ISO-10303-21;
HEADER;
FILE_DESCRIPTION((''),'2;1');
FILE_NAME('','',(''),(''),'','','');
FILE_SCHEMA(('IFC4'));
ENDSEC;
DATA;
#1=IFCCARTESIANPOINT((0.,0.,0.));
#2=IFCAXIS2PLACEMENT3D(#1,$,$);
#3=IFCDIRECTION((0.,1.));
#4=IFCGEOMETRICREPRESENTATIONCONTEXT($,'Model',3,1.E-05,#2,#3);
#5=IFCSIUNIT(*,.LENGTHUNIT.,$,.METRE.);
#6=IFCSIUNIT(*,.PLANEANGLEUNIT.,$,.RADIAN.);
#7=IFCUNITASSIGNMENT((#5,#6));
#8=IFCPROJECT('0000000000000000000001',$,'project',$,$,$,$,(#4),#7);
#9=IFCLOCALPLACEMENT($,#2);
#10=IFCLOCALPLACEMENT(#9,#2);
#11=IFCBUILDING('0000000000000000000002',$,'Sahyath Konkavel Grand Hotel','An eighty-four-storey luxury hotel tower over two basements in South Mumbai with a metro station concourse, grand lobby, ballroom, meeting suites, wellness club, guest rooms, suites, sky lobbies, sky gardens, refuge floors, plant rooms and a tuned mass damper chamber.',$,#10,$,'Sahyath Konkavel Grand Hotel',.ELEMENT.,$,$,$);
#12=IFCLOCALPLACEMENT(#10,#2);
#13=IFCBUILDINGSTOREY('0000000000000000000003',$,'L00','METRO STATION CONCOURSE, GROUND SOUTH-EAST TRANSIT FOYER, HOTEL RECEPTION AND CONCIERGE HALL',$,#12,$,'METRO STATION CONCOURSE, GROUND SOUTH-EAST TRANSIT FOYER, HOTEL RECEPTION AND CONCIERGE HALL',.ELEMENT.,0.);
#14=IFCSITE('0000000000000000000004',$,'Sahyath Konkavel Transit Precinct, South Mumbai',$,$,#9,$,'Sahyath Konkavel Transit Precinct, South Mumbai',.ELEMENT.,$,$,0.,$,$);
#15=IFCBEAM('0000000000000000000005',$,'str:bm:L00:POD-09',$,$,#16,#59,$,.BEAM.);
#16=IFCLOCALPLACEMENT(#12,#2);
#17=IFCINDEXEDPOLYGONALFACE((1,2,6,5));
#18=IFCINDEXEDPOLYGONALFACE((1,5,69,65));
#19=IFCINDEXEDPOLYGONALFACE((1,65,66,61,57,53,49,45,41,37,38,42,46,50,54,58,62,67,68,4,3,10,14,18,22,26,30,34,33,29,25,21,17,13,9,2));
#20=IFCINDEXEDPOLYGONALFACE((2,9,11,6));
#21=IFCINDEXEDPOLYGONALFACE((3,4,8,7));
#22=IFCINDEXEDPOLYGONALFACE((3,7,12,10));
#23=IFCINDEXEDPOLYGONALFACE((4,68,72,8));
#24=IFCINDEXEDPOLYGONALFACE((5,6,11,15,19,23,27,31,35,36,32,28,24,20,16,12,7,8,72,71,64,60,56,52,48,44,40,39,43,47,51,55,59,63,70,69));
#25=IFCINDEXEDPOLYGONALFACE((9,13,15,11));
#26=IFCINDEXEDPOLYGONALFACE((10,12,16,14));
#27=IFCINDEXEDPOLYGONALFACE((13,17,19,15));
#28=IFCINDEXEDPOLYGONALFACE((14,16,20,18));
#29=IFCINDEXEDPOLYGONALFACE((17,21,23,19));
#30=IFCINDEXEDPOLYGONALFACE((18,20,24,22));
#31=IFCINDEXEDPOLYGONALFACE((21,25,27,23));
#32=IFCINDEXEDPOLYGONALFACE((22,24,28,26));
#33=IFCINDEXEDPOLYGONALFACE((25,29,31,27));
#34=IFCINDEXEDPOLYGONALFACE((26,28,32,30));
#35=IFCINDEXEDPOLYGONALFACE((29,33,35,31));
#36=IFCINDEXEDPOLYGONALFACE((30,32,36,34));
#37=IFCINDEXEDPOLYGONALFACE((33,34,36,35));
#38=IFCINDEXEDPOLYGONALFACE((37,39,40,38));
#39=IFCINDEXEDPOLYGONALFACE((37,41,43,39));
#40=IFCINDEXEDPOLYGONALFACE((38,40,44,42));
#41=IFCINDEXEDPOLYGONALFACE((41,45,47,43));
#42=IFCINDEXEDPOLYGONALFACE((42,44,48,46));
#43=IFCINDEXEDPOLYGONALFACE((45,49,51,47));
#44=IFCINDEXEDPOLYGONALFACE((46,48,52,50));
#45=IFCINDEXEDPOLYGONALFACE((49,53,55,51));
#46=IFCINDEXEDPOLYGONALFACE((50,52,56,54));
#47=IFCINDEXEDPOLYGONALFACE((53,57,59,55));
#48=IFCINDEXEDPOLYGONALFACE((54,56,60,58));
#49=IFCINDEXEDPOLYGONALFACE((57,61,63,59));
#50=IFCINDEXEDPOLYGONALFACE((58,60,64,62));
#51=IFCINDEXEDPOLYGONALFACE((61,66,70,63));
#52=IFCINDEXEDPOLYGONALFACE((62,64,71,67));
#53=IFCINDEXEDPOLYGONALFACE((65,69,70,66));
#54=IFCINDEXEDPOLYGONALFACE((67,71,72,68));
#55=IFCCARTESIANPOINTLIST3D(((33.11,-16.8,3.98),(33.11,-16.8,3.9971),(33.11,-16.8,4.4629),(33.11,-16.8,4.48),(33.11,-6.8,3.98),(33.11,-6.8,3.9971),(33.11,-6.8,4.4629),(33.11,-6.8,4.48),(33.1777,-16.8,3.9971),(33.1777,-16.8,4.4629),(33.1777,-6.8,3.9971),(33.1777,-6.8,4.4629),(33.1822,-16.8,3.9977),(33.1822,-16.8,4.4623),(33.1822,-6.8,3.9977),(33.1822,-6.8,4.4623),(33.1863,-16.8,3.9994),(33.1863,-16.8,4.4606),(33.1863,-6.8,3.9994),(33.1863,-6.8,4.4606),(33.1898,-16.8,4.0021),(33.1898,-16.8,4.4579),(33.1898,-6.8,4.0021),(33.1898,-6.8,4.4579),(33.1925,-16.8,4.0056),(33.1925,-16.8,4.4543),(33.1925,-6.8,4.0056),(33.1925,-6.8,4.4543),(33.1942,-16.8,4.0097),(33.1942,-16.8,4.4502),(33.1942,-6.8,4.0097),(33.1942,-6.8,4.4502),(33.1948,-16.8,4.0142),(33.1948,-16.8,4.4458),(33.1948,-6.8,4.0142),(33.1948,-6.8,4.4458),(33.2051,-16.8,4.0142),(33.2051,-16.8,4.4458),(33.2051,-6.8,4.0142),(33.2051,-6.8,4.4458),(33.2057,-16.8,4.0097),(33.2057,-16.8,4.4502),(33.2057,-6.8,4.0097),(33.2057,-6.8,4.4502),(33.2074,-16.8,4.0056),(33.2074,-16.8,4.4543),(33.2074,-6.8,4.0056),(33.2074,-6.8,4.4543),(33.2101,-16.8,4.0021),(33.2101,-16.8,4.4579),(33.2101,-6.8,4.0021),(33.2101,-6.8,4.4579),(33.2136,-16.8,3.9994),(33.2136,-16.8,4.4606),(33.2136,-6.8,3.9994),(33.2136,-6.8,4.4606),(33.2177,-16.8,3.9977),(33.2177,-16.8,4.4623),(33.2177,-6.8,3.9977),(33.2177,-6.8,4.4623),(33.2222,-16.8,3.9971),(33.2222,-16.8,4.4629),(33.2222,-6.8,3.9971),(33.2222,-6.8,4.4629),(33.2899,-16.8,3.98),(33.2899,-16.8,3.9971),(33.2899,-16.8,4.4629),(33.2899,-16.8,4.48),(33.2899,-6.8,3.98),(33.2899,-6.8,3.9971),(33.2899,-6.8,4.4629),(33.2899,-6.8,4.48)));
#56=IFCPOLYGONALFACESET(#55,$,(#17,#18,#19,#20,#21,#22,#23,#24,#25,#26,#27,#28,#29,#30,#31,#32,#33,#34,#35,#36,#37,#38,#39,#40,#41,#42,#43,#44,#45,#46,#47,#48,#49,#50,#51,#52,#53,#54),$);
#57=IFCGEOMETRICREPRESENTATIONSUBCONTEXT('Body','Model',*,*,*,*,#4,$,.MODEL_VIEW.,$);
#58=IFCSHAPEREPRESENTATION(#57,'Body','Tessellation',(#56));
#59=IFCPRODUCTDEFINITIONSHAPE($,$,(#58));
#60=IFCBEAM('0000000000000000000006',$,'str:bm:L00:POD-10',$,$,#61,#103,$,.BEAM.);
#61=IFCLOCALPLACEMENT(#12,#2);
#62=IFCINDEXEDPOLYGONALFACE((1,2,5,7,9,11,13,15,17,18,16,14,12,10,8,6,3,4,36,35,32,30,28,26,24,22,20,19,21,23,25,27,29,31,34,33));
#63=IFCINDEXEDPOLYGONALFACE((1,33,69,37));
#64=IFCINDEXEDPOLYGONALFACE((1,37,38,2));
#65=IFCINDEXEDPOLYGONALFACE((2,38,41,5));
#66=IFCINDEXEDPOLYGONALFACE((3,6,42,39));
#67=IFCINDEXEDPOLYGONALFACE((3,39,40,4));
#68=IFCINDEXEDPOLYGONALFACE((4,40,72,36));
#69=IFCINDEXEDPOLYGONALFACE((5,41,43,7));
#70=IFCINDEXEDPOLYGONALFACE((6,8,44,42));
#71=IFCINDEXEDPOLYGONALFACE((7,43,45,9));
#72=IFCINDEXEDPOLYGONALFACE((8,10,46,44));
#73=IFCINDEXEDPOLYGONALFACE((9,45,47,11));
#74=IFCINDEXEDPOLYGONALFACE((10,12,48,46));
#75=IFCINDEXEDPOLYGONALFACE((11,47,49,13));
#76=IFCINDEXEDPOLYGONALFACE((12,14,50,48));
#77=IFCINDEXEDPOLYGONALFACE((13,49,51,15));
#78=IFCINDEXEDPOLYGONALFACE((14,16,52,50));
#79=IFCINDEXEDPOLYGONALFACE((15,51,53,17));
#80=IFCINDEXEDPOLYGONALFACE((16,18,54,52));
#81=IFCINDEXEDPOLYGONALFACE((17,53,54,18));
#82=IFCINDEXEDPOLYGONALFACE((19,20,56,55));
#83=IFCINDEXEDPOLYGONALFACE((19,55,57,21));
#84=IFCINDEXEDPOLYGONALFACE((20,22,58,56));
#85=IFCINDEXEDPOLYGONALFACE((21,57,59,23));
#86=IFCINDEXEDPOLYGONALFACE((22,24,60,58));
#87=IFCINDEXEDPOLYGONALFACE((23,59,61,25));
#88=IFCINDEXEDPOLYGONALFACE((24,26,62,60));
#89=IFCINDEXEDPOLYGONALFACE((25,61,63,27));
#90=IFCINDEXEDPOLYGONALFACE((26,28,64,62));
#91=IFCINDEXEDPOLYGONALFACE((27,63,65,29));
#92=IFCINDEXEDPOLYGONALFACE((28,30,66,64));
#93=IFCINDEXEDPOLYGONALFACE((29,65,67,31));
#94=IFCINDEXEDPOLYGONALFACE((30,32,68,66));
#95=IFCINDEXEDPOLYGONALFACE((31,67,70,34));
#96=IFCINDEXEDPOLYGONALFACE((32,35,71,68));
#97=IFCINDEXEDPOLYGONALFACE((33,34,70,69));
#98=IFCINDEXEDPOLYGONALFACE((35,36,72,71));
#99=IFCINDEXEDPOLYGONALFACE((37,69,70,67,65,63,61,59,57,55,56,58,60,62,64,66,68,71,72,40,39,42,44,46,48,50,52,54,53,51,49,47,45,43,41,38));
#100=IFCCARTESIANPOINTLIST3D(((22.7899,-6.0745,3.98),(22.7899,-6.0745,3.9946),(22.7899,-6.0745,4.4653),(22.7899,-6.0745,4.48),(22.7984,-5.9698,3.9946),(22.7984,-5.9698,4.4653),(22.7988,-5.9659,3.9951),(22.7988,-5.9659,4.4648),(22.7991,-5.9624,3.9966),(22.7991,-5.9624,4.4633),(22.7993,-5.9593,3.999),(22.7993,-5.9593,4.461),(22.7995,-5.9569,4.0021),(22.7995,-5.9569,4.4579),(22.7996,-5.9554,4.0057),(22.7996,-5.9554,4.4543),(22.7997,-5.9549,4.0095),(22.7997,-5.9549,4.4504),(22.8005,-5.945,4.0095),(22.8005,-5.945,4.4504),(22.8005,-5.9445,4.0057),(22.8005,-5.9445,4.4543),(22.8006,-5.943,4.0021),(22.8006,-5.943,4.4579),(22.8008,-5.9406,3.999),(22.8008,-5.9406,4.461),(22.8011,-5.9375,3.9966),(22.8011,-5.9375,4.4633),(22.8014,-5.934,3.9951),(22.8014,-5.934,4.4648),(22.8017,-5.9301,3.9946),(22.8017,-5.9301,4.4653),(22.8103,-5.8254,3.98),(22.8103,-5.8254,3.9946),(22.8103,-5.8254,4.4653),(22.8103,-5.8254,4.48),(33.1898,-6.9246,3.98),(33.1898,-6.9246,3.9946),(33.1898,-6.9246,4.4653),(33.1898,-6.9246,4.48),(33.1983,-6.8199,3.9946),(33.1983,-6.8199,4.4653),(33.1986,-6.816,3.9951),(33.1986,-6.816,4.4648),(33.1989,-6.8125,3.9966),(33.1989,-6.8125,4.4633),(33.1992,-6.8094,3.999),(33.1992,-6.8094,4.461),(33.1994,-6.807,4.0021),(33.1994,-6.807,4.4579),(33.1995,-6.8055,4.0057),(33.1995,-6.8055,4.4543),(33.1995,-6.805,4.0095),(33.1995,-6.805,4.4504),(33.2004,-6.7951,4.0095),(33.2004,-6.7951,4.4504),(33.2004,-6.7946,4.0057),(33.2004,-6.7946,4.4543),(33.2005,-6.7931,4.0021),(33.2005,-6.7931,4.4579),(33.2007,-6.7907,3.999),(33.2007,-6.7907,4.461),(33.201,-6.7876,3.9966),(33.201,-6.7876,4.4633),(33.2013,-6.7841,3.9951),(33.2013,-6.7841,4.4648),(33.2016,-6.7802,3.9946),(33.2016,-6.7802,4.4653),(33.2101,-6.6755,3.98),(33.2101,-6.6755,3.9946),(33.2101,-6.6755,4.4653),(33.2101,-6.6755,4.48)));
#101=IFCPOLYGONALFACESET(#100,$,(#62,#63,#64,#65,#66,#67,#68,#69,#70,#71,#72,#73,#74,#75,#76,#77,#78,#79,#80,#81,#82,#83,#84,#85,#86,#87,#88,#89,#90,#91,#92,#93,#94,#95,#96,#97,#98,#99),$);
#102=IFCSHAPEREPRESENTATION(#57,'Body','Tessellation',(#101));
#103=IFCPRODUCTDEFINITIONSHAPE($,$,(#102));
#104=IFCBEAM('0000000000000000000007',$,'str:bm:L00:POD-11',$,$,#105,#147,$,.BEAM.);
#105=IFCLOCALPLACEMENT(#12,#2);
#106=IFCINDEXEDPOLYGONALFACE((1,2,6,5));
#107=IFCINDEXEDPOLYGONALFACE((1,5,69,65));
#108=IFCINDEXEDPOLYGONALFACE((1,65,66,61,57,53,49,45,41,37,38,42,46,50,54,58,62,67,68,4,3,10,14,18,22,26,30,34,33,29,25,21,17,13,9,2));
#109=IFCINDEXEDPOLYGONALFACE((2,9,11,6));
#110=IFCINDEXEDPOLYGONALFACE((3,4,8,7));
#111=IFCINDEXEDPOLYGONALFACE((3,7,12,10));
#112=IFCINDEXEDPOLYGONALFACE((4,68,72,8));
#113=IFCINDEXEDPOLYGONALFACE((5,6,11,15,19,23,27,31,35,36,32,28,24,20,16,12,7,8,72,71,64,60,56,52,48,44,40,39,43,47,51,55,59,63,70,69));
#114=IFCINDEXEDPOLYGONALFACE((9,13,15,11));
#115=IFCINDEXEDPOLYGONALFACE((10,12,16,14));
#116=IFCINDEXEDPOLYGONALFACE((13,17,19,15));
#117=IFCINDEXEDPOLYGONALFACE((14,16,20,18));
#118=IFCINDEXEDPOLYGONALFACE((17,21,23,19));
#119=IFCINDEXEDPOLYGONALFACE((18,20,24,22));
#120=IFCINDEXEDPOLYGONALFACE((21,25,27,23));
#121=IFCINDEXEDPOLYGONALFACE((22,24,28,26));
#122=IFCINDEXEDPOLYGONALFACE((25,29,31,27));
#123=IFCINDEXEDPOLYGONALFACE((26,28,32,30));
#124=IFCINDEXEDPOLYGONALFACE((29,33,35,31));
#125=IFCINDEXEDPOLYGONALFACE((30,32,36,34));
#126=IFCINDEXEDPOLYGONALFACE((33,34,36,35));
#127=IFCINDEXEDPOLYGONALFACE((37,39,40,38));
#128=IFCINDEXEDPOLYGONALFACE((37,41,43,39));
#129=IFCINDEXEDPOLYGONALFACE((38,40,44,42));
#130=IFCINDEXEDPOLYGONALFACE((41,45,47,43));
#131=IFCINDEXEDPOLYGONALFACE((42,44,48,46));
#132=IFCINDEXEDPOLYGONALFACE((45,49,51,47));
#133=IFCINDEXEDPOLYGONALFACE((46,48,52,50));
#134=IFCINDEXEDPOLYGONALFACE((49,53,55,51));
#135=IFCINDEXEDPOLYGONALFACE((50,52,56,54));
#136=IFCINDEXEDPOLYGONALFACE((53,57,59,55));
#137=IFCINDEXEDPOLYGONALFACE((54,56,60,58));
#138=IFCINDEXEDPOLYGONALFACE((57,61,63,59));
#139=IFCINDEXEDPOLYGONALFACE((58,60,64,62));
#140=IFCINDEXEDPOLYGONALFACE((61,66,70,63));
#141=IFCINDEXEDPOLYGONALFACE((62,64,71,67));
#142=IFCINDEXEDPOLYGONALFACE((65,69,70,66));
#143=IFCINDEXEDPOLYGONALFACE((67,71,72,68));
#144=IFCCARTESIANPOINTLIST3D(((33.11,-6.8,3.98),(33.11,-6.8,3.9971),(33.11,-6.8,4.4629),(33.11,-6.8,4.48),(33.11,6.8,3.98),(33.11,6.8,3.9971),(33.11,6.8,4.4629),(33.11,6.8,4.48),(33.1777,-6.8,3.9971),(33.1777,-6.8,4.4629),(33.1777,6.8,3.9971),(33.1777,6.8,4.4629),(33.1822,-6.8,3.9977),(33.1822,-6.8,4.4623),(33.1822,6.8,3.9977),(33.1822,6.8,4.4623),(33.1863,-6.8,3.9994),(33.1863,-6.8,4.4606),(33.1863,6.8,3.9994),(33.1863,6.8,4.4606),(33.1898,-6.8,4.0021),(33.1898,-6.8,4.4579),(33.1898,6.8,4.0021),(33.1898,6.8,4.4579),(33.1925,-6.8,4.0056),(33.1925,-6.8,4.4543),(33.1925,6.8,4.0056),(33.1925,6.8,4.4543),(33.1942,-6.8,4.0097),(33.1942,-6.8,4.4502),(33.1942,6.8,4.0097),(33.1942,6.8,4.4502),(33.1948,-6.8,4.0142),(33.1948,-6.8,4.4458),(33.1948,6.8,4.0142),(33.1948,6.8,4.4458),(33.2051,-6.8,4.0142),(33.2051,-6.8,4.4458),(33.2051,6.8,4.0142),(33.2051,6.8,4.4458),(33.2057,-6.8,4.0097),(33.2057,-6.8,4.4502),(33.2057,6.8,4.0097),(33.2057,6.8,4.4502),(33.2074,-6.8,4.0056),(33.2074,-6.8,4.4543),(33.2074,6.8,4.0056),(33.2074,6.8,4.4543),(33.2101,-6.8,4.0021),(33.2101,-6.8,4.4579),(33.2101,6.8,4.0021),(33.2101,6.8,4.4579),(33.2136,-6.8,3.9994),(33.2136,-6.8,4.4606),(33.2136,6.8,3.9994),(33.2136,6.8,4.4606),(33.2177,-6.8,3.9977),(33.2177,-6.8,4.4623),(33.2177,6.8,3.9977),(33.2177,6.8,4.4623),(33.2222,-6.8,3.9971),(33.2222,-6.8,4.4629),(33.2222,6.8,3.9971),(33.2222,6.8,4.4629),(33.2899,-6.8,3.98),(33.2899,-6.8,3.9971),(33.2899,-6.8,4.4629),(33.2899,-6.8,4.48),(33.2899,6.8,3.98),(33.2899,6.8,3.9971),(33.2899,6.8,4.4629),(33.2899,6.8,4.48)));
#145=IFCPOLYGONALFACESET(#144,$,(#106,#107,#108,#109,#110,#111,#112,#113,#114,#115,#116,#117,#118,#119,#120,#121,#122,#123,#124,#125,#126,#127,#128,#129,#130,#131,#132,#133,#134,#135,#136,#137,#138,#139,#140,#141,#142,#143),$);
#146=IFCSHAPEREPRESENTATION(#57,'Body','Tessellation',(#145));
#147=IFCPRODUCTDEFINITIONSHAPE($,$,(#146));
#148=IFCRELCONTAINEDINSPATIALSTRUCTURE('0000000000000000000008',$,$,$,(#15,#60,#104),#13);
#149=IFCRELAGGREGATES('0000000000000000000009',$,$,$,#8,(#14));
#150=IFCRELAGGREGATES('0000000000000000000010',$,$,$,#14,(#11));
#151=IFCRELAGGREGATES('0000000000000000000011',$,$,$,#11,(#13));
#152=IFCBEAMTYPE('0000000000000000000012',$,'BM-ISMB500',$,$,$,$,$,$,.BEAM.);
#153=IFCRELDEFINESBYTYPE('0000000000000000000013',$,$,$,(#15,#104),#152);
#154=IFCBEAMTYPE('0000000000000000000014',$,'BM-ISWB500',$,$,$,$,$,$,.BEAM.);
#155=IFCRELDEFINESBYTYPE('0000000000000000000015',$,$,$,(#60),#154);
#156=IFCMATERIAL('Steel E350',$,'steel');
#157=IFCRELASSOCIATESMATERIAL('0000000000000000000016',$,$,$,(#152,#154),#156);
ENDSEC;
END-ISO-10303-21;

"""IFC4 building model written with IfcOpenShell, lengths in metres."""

from ifc_helpers import new_model, si_unit, direction, frame, origin, origin_2d, place, context, subcontext, project, spatial, i_section, extrude, source, transform, mapped, material, material_profile, profile_set, type_object, element, save


model = new_model("IFC4")

# Units and contexts
model_context = context("Model", 3, precision=1e-05, world=origin(), true_north=direction((0.0, 1.0)))
body_context = subcontext(model_context, "Body", "Model", "MODEL_VIEW")
ifc_project = project(units=[si_unit("LENGTHUNIT", "METRE"), si_unit("PLANEANGLEUNIT", "RADIAN")], contexts=[model_context])

# Site, building, storey
site_placement = place(None, origin())
site = spatial("IfcSite", under=ifc_project, at=site_placement, Name="Sahyath Konkavel Transit Precinct, South Mumbai", LongName="Sahyath Konkavel Transit Precinct, South Mumbai", CompositionType="ELEMENT", RefElevation=0.0)
building_placement = place(site_placement, origin())
building = spatial("IfcBuilding", under=site, at=building_placement, Name="Sahyath Konkavel Grand Hotel", Description="An eighty-four-storey luxury hotel tower over two basements in South Mumbai with a metro station concourse, grand lobby, ballroom, meeting suites, wellness club, guest rooms, suites, sky lobbies, sky gardens, refuge floors, plant rooms and a tuned mass damper chamber.", LongName="Sahyath Konkavel Grand Hotel", CompositionType="ELEMENT")
storey_placement = place(building_placement, origin())
storey = spatial("IfcBuildingStorey", under=building, at=storey_placement, Name="L00", Description="METRO STATION CONCOURSE, GROUND SOUTH-EAST TRANSIT FOYER, HOTEL RECEPTION AND CONCIERGE HALL", LongName="METRO STATION CONCOURSE, GROUND SOUTH-EAST TRANSIT FOYER, HOTEL RECEPTION AND CONCIERGE HALL", CompositionType="ELEMENT", Elevation=0.0)

# Shared definitions
ifc_material_1 = material(Name="Steel E350", Category="steel")

# Beams
ifc_material_profile_1 = material_profile(ifc_material_1, i_section(OverallWidth=0.1799, OverallDepth=0.5, WebThickness=0.0103, FlangeThickness=0.0171, FilletRadius=0.0171, at=origin_2d()), Name="ISMB 500")
ifc_profile_set_1 = profile_set([ifc_material_profile_1], Name="Steel E350")
beam_type_1 = type_object("IfcBeamType", Name="BM-ISMB500", PredefinedType="BEAM", material=ifc_profile_set_1)
shared_shape_1 = source(origin(), body_context, "Body", "SweptSolid", [
    extrude(i_section(OverallWidth=0.1799, OverallDepth=0.5, WebThickness=0.0103, FlangeThickness=0.0171, FilletRadius=0.0171, at=origin_2d()), origin(), (0.0, 0.0, 1.0), 10.0),
])
beam_1_placement = place(storey_placement, frame((33.2, -16.8, 4.23), z_axis=(0.0, 1.0, 0.0), x_axis=(-1.0, 0.0, 0.0)))
element("IfcBeam", 1, at=beam_1_placement, inside=storey, type_object=beam_type_1, Name="str:bm:L00:POD-09", PredefinedType="BEAM", context=body_context, shape_type="MappedRepresentation", body=[
    mapped(shared_shape_1, transform((0.0, 0.0, 0.0), scale=1.0)),
])
ifc_material_profile_2 = material_profile(ifc_material_1, i_section(OverallWidth=0.25, OverallDepth=0.5, WebThickness=0.01, FlangeThickness=0.0146, FilletRadius=0.0149, at=origin_2d()), Name="ISWB 500")
ifc_profile_set_2 = profile_set([ifc_material_profile_2], Name="Steel E350")
beam_type_2 = type_object("IfcBeamType", Name="BM-ISWB500", PredefinedType="BEAM", material=ifc_profile_set_2)
shared_shape_2 = source(origin(), body_context, "Body", "SweptSolid", [
    extrude(i_section(OverallWidth=0.25, OverallDepth=0.5, WebThickness=0.01, FlangeThickness=0.0146, FilletRadius=0.0149, at=origin_2d()), origin(), (0.0, 0.0, 1.0), 10.4346),
])
beam_2_placement = place(storey_placement, frame((33.2, -6.8, 4.23), z_axis=(-0.996676, 0.081469, 0.0), x_axis=(-0.081469, -0.996676, 0.0)))
element("IfcBeam", 2, at=beam_2_placement, inside=storey, type_object=beam_type_2, Name="str:bm:L00:POD-10", PredefinedType="BEAM", context=body_context, shape_type="MappedRepresentation", body=[
    mapped(shared_shape_2, transform((0.0, 0.0, 0.0), scale=1.0)),
])
shared_shape_3 = source(origin(), body_context, "Body", "SweptSolid", [
    extrude(i_section(OverallWidth=0.1799, OverallDepth=0.5, WebThickness=0.0103, FlangeThickness=0.0171, FilletRadius=0.0171, at=origin_2d()), origin(), (0.0, 0.0, 1.0), 13.6001),
])
beam_3_placement = place(storey_placement, frame((33.2, -6.8, 4.23), z_axis=(0.0, 1.0, 0.0), x_axis=(-1.0, 0.0, 0.0)))
element("IfcBeam", 3, at=beam_3_placement, inside=storey, type_object=beam_type_1, Name="str:bm:L00:POD-11", PredefinedType="BEAM", context=body_context, shape_type="MappedRepresentation", body=[
    mapped(shared_shape_3, transform((0.0, 0.0, 0.0), scale=1.0)),
])

save(model, "model.ifc")
